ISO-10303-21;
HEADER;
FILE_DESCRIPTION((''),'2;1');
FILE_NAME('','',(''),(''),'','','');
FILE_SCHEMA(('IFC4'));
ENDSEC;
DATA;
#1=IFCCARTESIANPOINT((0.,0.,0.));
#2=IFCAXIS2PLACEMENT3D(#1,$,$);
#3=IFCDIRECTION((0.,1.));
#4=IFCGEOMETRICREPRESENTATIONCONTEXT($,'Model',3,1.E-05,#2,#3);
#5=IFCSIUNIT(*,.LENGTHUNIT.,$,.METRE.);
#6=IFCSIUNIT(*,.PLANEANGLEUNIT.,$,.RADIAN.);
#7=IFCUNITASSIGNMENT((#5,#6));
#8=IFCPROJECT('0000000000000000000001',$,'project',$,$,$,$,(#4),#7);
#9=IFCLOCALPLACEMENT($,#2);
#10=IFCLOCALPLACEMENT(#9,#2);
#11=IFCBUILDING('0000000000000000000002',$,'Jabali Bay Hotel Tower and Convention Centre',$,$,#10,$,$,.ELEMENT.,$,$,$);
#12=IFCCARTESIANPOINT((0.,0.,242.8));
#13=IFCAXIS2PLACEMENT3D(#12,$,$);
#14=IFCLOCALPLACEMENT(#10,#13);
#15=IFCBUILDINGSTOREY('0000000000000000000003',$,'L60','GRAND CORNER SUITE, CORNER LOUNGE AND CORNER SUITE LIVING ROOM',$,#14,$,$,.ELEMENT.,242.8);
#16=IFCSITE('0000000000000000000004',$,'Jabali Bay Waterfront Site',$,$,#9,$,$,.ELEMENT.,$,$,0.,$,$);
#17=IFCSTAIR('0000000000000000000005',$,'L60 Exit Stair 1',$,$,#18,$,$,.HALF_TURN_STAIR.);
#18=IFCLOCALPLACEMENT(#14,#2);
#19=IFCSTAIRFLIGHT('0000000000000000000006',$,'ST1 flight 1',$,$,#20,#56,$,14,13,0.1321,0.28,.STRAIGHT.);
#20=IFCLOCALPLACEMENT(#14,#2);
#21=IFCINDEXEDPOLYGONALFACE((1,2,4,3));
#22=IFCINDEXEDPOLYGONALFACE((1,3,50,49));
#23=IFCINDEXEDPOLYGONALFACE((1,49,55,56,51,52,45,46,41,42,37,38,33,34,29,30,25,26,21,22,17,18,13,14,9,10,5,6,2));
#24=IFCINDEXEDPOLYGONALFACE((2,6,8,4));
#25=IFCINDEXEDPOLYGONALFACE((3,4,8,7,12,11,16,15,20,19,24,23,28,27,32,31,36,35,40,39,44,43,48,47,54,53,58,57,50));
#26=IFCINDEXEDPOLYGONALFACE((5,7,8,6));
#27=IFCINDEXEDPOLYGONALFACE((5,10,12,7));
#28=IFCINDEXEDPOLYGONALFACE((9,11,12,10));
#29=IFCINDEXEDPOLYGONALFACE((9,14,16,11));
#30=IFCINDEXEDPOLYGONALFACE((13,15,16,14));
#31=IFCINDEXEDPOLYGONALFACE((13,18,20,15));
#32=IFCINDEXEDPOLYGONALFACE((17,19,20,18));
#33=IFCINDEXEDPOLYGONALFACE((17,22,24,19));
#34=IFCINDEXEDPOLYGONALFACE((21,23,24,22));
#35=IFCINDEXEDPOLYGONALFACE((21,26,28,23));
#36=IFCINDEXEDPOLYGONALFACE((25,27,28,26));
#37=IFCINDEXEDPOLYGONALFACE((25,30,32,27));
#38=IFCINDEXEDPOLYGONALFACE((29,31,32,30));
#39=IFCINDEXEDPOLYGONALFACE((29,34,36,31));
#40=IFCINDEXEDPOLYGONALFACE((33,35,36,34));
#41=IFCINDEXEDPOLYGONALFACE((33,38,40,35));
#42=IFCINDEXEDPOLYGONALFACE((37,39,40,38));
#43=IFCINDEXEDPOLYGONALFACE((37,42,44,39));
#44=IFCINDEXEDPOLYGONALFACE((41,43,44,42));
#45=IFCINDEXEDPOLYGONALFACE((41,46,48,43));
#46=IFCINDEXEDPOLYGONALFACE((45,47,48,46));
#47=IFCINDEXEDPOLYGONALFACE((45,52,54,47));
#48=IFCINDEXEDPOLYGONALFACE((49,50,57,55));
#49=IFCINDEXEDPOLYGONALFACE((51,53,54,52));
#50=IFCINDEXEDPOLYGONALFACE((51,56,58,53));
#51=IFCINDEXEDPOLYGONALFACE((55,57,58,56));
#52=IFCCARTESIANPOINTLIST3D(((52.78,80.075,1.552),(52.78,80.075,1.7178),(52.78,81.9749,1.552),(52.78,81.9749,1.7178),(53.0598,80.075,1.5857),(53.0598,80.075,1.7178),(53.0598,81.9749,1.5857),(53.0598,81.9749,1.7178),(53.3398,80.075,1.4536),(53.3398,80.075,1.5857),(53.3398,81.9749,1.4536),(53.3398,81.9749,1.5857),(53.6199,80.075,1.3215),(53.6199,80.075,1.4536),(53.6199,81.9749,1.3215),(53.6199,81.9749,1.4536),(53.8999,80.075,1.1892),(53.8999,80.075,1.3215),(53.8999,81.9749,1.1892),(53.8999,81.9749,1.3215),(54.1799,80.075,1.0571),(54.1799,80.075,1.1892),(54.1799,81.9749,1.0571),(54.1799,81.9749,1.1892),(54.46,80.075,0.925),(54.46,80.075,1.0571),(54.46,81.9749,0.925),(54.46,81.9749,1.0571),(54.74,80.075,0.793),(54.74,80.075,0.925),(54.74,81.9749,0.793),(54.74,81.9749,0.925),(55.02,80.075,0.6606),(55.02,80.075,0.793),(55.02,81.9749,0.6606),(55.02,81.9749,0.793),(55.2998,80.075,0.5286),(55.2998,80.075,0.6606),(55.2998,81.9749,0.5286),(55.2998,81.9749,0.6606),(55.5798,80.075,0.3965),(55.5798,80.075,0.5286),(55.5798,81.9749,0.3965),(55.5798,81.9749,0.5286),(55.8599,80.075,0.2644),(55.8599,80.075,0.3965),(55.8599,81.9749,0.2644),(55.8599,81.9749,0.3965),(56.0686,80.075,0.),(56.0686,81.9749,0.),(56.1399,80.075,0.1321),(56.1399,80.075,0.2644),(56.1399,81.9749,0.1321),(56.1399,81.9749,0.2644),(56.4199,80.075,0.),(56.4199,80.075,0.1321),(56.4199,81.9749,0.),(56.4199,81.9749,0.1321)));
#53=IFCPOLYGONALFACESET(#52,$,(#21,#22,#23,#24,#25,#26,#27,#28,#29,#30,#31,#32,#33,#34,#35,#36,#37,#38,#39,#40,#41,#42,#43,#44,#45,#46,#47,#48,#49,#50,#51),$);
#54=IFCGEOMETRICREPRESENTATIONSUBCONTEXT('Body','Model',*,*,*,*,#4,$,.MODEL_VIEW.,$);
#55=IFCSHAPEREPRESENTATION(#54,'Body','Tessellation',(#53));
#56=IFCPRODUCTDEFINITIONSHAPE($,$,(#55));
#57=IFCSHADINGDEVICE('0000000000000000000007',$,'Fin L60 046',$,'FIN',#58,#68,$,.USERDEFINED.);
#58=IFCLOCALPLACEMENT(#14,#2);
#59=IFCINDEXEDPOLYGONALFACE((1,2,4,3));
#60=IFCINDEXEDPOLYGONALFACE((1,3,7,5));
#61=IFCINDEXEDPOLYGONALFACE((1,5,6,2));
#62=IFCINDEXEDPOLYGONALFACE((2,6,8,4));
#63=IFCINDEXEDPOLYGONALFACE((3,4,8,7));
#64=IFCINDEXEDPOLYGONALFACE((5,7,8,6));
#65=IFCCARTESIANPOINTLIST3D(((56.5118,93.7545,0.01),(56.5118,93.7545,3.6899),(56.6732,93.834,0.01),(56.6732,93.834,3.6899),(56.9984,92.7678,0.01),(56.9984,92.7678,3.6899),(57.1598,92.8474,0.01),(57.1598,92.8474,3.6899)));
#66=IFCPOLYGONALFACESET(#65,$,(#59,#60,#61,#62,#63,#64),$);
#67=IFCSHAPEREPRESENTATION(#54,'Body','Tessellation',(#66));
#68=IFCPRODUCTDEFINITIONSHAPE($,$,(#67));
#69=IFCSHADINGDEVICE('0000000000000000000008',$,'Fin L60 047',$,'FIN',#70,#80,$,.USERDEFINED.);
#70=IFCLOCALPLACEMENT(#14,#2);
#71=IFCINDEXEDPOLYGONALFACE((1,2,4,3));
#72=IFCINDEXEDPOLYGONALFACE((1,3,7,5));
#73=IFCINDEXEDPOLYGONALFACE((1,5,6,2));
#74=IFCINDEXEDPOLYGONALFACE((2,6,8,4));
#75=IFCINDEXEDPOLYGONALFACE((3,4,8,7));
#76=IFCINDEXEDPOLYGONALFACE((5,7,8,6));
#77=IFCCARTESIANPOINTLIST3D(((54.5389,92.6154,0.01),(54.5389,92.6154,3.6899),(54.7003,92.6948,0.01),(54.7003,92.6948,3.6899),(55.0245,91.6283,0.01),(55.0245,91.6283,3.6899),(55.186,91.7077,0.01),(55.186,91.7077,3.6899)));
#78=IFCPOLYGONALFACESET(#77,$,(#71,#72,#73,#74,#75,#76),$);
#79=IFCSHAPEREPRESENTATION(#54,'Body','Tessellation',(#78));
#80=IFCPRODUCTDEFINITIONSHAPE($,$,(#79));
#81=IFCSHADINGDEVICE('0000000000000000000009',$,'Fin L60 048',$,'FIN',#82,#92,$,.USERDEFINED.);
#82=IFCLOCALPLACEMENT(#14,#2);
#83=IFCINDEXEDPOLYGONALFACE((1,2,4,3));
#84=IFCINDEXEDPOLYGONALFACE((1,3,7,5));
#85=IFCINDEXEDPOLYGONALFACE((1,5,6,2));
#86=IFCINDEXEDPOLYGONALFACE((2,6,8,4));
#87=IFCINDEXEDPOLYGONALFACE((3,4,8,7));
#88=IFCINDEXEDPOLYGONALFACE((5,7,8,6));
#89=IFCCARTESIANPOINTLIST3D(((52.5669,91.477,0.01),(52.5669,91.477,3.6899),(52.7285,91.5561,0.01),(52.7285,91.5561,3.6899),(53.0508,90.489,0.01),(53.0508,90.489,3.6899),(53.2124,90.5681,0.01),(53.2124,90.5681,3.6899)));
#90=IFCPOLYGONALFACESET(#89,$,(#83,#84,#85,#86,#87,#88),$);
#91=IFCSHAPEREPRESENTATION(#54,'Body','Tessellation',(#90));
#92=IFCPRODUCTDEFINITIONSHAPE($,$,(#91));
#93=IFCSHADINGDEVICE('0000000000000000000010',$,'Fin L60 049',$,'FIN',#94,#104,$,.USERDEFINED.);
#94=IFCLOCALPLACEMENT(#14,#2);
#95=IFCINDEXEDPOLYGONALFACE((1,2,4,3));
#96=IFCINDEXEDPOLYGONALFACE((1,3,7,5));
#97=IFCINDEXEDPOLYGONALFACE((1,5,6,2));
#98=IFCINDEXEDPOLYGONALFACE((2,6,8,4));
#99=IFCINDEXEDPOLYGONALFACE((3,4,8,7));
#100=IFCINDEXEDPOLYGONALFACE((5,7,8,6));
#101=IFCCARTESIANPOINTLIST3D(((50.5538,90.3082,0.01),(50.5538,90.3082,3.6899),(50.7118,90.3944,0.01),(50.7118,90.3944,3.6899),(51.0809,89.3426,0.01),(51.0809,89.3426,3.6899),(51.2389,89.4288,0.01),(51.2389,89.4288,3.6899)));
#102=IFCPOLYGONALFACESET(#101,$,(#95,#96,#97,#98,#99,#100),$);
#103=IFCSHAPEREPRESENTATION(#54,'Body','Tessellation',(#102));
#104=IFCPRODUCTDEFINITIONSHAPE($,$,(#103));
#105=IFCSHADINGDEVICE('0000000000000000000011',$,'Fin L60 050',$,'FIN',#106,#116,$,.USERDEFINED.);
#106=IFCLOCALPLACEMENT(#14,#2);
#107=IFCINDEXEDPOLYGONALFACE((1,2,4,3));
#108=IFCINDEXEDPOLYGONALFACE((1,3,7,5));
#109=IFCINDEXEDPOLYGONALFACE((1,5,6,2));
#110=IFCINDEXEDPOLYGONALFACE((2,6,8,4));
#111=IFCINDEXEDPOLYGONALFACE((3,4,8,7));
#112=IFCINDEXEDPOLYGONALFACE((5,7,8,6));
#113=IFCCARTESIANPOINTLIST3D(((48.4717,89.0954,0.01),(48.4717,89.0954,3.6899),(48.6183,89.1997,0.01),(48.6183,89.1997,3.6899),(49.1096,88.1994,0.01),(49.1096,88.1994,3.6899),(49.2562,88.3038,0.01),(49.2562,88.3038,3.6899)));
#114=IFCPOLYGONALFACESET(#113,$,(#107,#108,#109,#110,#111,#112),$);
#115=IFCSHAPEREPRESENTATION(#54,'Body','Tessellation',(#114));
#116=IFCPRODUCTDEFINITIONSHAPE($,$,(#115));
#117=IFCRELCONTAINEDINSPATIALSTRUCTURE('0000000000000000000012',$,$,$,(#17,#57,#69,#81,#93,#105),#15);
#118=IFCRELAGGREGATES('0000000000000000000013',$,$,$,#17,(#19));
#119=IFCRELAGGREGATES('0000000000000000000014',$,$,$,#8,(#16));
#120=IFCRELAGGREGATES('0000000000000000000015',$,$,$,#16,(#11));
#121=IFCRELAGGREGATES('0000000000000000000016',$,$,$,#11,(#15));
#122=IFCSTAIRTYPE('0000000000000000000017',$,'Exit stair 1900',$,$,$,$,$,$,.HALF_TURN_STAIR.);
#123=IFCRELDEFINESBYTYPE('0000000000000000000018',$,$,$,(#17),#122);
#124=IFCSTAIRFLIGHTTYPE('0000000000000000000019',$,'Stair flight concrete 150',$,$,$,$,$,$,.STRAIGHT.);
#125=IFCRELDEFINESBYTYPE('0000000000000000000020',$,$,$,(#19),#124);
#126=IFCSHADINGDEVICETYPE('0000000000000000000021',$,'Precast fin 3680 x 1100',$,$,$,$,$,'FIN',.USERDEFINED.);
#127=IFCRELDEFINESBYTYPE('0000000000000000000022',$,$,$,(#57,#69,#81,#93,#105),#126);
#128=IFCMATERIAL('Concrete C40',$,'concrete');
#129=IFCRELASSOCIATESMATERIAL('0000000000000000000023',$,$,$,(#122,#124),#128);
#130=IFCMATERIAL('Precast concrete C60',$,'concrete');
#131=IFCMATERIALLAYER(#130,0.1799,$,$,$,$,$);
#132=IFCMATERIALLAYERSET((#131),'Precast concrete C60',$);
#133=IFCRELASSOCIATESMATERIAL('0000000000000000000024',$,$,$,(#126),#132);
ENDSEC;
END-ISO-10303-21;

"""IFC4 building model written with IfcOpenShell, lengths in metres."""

from ifc_helpers import new_model, si_unit, direction, frame, frame_2d, origin, place, context, subcontext, project, spatial, polyline, rectangle, outline, extrude, material, layer, layer_set, type_object, element, aggregate, save


model = new_model("IFC4")

# Units and contexts
model_context = context("Model", 3, precision=1e-05, world=origin(), true_north=direction((0.0, 1.0)))
body_context = subcontext(model_context, "Body", "Model", "MODEL_VIEW")
ifc_project = project(units=[si_unit("LENGTHUNIT", "METRE"), si_unit("PLANEANGLEUNIT", "RADIAN")], contexts=[model_context])

# Site, building, storey
site_placement = place(None, origin())
site = spatial("IfcSite", under=ifc_project, at=site_placement, Name="Jabali Bay Waterfront Site", CompositionType="ELEMENT", RefElevation=0.0)
building_placement = place(site_placement, origin())
building = spatial("IfcBuilding", under=site, at=building_placement, Name="Jabali Bay Hotel Tower and Convention Centre", CompositionType="ELEMENT")
storey_placement = place(building_placement, frame((0.0, 0.0, 242.8)))
storey = spatial("IfcBuildingStorey", under=building, at=storey_placement, Name="L60", Description="GRAND CORNER SUITE, CORNER LOUNGE AND CORNER SUITE LIVING ROOM", CompositionType="ELEMENT", Elevation=242.8)

# Shared definitions
ifc_material_1 = material(Name="Concrete C40", Category="concrete")

# Stair, stair flight
stair_type = type_object("IfcStairType", Name="Exit stair 1900", PredefinedType="HALF_TURN_STAIR", material=ifc_material_1)
stair_placement = place(storey_placement, origin())
stair = element("IfcStair", 1, at=stair_placement, inside=storey, type_object=stair_type, Name="L60 Exit Stair 1", PredefinedType="HALF_TURN_STAIR")
stair_flight_type = type_object("IfcStairFlightType", Name="Stair flight concrete 150", PredefinedType="STRAIGHT", material=ifc_material_1)
stair_flight_placement = place(storey_placement, frame((56.4199, 81.0249, 0.0), z_axis=(0.0, 0.0, 1.0), x_axis=(-1.0, 0.0, 0.0)))
stair_flight = element("IfcStairFlight", 2, at=stair_flight_placement, type_object=stair_flight_type, Name="ST1 flight 1", NumberOfRisers=14, NumberOfTreads=13, PredefinedType="STRAIGHT", RiserHeight=0.1321, TreadLength=0.28, context=body_context, shape_type="SweptSolid", body=[
    extrude(outline(polyline([(0.0, 0.0), (0.0, 0.1321), (0.28, 0.1321), (0.28, 0.2644), (0.5601, 0.2644), (0.5601, 0.3965), (0.8401, 0.3965), (0.8401, 0.5286), (1.1201, 0.5286), (1.1201, 0.6606), (1.3999, 0.6606), (1.3999, 0.793), (1.6799, 0.793), (1.6799, 0.925), (1.96, 0.925), (1.96, 1.0571), (2.24, 1.0571), (2.24, 1.1892), (2.52, 1.1892), (2.52, 1.3215), (2.8, 1.3215), (2.8, 1.4536), (3.0801, 1.4536), (3.0801, 1.5857), (3.3601, 1.5857), (3.3601, 1.7178), (3.6399, 1.7178), (3.6399, 1.8501), (3.6399, 1.552), (0.3513, 0.0), (0.0, 0.0)])), frame((0.0, 0.95, 0.0), z_axis=(0.0, -1.0, 0.0), x_axis=(1.0, 0.0, 0.0)), (0.0, 0.0, 1.0), 1.8999),
])
aggregate(stair, [stair_flight])

# Shading devices
ifc_material_2 = material(Name="Precast concrete C60", Category="concrete")
ifc_layer_1 = layer(ifc_material_2, 0.1799)
ifc_layer_set_1 = layer_set([ifc_layer_1], Name="Precast concrete C60")
shading_device_type = type_object("IfcShadingDeviceType", Name="Precast fin 3680 x 1100", ElementType="FIN", PredefinedType="USERDEFINED", material=ifc_layer_set_1)
for number, where, z_axis, x_axis, name in (
    (3, (57.0791, 92.8076, 0.01), (0.0, 0.0, 1.0), (-0.442324, 0.896855, 0.0), "Fin L60 046"),
    (4, (55.1052, 91.668, 0.01), (0.0, 0.0, 1.0), (-0.441434, 0.897294, 0.0), "Fin L60 047"),
    (5, (53.1316, 90.5286, 0.01), (0.0, 0.0, 1.0), (-0.439831, 0.898081, 0.0), "Fin L60 048"),
    (6, (51.1599, 89.3857, 0.01), (0.0, 0.0, 1.0), (-0.479148, 0.877734, 0.0), "Fin L60 049"),
):
    element("IfcShadingDevice", number, at=place(storey_placement, frame(where, z_axis=z_axis, x_axis=x_axis)), inside=storey, type_object=shading_device_type, Name=name, ObjectType="FIN", PredefinedType="USERDEFINED", context=body_context, shape_type="SweptSolid", body=[
        extrude(rectangle(XDim=1.1001, YDim=0.1799, at=frame_2d((0.55, 0.0))), origin(), (0.0, 0.0, 1.0), 3.6799),
    ])
shading_device_placement = place(storey_placement, frame((49.1829, 88.2517, 0.01), z_axis=(0.0, 0.0, 1.0), x_axis=(-0.579999, 0.814617, 0.0)))
element("IfcShadingDevice", 7, at=shading_device_placement, inside=storey, type_object=shading_device_type, Name="Fin L60 050", ObjectType="FIN", PredefinedType="USERDEFINED", context=body_context, shape_type="SweptSolid", body=[
    extrude(rectangle(XDim=1.0999, YDim=0.1799, at=frame_2d((0.5498, 0.0))), origin(), (0.0, 0.0, 1.0), 3.6799),
])

save(model, "model.ifc")
